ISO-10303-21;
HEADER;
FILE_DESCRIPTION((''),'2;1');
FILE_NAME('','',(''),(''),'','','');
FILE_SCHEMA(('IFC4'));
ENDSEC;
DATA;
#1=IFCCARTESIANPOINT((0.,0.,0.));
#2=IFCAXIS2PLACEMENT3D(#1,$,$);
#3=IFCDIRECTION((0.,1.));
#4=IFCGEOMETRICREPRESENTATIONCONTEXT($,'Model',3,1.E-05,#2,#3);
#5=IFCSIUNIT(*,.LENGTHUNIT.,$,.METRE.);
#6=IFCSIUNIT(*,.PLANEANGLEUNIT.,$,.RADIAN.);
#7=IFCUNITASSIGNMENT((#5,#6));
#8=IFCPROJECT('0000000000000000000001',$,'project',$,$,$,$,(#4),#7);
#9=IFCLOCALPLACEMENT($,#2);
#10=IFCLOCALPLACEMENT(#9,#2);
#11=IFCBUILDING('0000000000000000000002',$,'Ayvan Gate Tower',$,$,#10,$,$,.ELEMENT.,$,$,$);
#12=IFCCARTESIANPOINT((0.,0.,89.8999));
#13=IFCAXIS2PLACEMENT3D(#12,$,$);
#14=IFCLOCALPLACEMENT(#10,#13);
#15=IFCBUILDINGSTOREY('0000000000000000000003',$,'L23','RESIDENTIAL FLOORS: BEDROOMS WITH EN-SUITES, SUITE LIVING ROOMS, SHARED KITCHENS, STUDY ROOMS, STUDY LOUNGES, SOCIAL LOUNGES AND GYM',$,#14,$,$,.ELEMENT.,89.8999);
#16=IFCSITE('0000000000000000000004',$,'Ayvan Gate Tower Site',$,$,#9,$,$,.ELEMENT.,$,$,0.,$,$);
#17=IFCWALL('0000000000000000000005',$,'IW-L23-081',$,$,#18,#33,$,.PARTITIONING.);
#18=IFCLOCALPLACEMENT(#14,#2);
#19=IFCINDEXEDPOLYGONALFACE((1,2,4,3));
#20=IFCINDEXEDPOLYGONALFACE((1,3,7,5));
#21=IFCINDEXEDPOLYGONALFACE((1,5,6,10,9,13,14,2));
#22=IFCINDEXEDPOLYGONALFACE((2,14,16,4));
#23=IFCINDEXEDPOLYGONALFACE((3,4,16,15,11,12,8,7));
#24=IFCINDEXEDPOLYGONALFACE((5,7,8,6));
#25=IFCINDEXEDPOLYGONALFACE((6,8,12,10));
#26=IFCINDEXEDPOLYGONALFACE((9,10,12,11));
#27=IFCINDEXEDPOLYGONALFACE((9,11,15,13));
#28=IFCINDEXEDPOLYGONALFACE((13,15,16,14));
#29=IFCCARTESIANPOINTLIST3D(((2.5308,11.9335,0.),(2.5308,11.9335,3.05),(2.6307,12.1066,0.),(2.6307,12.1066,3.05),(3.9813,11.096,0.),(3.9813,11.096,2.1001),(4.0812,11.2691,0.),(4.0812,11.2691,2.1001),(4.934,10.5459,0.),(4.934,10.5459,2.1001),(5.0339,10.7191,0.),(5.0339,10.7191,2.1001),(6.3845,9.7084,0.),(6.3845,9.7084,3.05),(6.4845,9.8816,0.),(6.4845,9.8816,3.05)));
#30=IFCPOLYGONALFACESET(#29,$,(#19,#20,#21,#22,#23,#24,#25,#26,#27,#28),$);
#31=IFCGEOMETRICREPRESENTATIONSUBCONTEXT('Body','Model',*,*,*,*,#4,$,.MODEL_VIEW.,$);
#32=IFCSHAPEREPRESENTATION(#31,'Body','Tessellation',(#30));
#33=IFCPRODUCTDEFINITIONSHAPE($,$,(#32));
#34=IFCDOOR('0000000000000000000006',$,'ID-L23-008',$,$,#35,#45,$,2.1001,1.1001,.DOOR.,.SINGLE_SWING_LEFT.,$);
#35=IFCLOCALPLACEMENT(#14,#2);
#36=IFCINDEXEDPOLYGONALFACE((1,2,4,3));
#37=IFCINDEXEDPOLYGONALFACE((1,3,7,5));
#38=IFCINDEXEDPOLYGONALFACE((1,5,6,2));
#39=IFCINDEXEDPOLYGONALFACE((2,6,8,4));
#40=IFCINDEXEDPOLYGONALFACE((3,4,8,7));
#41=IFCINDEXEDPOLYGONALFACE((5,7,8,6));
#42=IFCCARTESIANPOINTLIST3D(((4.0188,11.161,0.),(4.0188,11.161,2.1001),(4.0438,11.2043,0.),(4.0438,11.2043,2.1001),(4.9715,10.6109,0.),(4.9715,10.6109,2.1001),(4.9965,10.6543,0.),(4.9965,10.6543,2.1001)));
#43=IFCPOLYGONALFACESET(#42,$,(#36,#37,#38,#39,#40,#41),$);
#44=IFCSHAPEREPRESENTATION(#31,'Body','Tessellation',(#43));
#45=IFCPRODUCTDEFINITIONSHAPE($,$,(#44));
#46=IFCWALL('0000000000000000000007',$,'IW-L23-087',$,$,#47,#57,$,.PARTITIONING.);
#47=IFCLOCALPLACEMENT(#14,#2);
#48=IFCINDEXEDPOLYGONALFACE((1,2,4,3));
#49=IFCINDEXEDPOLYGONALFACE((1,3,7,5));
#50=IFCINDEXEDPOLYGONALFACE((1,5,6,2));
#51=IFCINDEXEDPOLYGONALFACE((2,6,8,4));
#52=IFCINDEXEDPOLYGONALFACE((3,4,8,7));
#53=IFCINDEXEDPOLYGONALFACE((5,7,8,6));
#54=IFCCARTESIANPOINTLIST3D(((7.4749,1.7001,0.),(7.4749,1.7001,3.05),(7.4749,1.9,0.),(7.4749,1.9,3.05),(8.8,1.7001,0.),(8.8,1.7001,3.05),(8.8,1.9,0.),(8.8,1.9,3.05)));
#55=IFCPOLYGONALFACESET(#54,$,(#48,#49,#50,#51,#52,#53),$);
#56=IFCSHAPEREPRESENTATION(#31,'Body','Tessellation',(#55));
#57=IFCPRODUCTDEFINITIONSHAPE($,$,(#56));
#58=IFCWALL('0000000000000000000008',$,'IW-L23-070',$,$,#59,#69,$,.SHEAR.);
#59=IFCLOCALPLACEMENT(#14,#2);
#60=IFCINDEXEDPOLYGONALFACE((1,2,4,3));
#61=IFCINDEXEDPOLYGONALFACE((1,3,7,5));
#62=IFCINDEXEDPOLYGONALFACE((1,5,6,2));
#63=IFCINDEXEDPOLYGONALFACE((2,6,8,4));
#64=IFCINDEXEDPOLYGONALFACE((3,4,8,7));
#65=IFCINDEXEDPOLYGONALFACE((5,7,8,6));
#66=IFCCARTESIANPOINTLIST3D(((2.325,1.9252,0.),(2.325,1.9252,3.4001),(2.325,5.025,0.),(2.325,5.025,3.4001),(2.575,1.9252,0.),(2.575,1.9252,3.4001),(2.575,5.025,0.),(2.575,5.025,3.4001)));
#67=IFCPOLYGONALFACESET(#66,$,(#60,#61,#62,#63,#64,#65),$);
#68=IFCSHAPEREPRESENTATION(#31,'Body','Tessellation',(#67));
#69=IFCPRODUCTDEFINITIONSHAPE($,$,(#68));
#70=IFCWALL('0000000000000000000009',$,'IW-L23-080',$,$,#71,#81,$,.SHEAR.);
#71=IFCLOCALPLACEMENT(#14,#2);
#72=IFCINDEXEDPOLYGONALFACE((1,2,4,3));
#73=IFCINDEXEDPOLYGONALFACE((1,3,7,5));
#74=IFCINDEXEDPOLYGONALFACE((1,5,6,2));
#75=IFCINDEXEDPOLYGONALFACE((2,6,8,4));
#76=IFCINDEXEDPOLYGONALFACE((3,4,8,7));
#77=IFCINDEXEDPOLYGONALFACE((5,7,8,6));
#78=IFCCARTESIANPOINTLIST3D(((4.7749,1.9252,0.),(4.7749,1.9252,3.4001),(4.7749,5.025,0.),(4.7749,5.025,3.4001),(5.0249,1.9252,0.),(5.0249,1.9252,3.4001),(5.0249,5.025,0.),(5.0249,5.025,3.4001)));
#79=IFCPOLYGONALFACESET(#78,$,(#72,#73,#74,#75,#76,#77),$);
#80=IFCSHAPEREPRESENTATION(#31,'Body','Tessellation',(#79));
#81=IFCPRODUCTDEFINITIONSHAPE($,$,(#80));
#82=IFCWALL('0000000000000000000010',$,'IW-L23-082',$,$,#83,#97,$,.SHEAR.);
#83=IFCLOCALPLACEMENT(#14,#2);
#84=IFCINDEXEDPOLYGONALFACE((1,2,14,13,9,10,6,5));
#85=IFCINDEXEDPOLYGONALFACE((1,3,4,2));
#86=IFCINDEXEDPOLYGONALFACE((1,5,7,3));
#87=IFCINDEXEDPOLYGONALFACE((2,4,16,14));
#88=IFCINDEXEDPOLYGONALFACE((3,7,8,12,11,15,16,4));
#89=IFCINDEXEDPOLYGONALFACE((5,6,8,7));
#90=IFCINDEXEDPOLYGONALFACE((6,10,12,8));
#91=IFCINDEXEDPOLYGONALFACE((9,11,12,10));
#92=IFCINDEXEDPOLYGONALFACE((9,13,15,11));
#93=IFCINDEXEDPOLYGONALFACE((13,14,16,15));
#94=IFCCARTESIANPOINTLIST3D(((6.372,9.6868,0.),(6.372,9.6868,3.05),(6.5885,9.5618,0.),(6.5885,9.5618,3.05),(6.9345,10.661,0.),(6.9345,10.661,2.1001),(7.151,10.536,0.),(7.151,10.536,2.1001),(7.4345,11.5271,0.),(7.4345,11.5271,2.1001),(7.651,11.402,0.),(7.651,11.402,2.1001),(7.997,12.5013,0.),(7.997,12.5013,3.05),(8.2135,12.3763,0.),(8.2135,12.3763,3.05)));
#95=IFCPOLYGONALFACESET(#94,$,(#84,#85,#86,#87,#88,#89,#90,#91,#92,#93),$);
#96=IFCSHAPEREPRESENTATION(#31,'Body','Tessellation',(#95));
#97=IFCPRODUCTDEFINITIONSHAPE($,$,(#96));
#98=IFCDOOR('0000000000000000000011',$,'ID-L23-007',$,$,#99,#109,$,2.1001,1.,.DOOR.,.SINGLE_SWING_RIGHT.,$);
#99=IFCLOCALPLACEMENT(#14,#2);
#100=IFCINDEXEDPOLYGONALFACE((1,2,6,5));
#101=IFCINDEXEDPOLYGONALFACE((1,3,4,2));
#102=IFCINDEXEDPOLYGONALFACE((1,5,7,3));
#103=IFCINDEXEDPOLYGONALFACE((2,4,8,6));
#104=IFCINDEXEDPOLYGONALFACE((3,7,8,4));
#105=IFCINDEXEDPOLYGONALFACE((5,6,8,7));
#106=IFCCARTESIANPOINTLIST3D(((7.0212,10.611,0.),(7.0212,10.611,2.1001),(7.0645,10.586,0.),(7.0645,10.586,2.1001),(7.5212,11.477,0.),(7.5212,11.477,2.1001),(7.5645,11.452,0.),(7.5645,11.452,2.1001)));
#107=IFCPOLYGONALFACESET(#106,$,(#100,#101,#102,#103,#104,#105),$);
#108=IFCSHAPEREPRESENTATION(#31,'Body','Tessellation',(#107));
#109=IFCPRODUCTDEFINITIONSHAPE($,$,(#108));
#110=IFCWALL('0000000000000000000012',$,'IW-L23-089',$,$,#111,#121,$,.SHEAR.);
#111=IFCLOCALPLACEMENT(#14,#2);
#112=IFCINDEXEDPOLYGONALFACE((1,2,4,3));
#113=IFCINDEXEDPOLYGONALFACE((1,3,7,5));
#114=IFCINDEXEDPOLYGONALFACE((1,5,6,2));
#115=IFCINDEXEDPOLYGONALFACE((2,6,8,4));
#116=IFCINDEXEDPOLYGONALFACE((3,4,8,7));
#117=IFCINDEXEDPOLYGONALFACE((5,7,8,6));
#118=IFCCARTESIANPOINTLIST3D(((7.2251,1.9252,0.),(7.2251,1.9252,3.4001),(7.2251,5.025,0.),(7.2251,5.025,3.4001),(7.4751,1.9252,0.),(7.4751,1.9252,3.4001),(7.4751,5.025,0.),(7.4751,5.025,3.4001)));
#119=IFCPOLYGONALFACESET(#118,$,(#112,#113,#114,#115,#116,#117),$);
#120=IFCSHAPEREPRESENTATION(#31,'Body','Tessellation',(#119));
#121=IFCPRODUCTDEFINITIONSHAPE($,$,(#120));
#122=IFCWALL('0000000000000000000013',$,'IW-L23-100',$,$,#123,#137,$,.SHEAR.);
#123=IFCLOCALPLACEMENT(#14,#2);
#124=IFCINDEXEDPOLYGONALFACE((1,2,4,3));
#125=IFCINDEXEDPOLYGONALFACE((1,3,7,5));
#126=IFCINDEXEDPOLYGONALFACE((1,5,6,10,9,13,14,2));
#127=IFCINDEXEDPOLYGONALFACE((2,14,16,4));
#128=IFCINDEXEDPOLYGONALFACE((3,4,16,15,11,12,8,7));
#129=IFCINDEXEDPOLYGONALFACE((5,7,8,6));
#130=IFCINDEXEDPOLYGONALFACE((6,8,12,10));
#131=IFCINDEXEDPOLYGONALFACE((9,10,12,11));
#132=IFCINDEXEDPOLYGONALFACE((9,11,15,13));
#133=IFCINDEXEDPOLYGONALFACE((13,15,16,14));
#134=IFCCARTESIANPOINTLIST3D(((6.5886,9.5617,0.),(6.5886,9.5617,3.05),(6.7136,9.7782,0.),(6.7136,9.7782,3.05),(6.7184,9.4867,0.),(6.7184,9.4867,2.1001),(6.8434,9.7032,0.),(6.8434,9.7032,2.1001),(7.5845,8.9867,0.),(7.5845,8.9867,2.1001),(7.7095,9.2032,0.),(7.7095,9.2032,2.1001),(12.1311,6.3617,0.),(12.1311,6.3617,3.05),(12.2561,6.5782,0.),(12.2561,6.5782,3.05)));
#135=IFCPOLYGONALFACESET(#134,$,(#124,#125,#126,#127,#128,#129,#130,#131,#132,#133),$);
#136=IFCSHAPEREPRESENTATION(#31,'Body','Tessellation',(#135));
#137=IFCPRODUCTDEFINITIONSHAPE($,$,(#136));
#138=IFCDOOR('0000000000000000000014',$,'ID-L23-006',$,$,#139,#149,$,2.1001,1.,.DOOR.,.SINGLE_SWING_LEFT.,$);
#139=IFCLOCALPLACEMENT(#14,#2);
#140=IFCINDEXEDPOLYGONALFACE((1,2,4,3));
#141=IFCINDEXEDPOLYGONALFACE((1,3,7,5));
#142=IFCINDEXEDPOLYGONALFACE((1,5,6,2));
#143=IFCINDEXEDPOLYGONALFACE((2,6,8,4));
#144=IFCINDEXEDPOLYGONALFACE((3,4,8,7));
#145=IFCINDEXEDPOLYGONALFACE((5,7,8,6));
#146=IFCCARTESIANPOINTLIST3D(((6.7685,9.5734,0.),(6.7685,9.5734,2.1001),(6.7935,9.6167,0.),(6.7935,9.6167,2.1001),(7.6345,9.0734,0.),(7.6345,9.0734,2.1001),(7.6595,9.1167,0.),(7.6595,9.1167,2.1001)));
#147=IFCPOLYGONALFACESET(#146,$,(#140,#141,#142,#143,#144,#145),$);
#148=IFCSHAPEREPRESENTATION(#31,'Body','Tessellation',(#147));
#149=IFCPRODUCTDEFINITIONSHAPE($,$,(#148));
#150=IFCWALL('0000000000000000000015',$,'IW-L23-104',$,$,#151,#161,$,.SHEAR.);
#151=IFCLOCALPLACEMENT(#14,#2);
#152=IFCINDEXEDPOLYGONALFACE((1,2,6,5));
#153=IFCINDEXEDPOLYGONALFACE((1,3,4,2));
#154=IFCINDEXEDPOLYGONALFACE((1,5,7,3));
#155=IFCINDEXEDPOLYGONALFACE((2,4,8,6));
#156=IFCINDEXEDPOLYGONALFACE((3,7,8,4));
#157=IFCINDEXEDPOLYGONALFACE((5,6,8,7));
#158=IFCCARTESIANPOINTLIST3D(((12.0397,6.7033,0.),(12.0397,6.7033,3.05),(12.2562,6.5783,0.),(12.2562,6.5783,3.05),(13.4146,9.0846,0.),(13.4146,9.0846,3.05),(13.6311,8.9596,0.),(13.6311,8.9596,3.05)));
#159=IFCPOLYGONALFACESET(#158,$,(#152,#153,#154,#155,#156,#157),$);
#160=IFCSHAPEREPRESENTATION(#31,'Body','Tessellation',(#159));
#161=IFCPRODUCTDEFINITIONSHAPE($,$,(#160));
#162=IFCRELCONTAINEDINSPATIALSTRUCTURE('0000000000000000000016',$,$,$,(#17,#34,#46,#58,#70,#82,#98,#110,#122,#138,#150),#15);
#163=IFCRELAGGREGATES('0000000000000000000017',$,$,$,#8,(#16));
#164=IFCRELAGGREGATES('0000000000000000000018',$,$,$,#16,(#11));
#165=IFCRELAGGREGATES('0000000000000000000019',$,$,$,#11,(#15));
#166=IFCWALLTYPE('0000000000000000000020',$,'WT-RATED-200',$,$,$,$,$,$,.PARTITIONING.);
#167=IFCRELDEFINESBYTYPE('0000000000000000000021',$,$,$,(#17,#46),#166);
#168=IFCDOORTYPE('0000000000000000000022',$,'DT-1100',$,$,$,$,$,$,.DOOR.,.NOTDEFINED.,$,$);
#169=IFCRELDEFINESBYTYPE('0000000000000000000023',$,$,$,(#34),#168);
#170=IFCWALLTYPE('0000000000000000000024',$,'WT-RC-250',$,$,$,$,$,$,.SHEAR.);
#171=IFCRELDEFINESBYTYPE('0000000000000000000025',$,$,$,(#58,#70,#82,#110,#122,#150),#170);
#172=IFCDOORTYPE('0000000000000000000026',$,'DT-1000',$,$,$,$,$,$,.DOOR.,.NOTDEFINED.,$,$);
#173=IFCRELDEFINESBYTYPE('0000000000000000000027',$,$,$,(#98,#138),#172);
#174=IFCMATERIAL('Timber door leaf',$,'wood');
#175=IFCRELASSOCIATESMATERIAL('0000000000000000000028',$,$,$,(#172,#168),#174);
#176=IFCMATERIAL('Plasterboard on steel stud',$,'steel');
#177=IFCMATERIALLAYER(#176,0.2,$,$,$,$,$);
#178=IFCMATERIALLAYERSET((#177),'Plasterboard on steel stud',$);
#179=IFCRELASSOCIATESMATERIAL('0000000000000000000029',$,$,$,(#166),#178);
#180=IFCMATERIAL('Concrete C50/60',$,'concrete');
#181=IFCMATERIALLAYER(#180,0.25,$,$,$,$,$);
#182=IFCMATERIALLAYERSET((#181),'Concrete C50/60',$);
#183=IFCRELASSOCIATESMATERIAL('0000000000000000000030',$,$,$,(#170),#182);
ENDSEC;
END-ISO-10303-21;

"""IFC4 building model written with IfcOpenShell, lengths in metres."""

from ifc_helpers import new_model, si_unit, direction, frame, frame_2d, origin, place, context, subcontext, project, spatial, rectangle, extrude, material, layer, layer_set, type_object, element, fill, save


model = new_model("IFC4")

# Units and contexts
model_context = context("Model", 3, precision=1e-05, world=origin(), true_north=direction((0.0, 1.0)))
body_context = subcontext(model_context, "Body", "Model", "MODEL_VIEW")
ifc_project = project(units=[si_unit("LENGTHUNIT", "METRE"), si_unit("PLANEANGLEUNIT", "RADIAN")], contexts=[model_context])

# Site, building, storey
site_placement = place(None, origin())
site = spatial("IfcSite", under=ifc_project, at=site_placement, Name="Ayvan Gate Tower Site", CompositionType="ELEMENT", RefElevation=0.0)
building_placement = place(site_placement, origin())
building = spatial("IfcBuilding", under=site, at=building_placement, Name="Ayvan Gate Tower", CompositionType="ELEMENT")
storey_placement = place(building_placement, frame((0.0, 0.0, 89.8999)))
storey = spatial("IfcBuildingStorey", under=building, at=storey_placement, Name="L23", Description="RESIDENTIAL FLOORS: BEDROOMS WITH EN-SUITES, SUITE LIVING ROOMS, SHARED KITCHENS, STUDY ROOMS, STUDY LOUNGES, SOCIAL LOUNGES AND GYM", CompositionType="ELEMENT", Elevation=89.8999)

# Shared definitions
ifc_material_1 = material(Name="Timber door leaf", Category="wood")

# Shared definitions
ifc_material_2 = material(Name="Plasterboard on steel stud", Category="steel")

# Shared definitions
door_type_1 = type_object("IfcDoorType", Name="DT-1000", OperationType="NOTDEFINED", PredefinedType="DOOR", material=ifc_material_1)

# Wall, opening, door
ifc_layer_1 = layer(ifc_material_2, 0.2)
ifc_layer_set_1 = layer_set([ifc_layer_1], Name="Plasterboard on steel stud")
wall_type_1 = type_object("IfcWallType", Name="WT-RATED-200", PredefinedType="PARTITIONING", material=ifc_layer_set_1)
wall_1_placement = place(storey_placement, frame((6.4346, 9.7949, 0.0), z_axis=(0.0, 0.0, 1.0), x_axis=(-0.866013, 0.500022, 0.0)))
wall_1 = element("IfcWall", 1, at=wall_1_placement, inside=storey, type_object=wall_type_1, Name="IW-L23-081", PredefinedType="PARTITIONING", context=body_context, shape_type="SweptSolid", body=[
    extrude(rectangle(XDim=4.45, YDim=0.2, at=frame_2d((2.2251, 0.0))), origin(), (0.0, 0.0, 1.0), 3.05),
])
opening_1_placement = place(wall_1_placement, frame((1.675, 0.0, 0.0)))
opening_1 = element("IfcOpeningElement", 2, at=opening_1_placement, cuts=wall_1, PredefinedType="OPENING", context=body_context, shape_type="SweptSolid", body=[
    extrude(rectangle(XDim=1.1001, YDim=2.1001, at=frame_2d((0.55, 1.05))), frame((0.0, 0.1099, 0.0), z_axis=(0.0, -1.0, 0.0), x_axis=(1.0, 0.0, 0.0)), (0.0, 0.0, 1.0), 0.22),
])
door_type_2 = type_object("IfcDoorType", Name="DT-1100", OperationType="NOTDEFINED", PredefinedType="DOOR", material=ifc_material_1)
door_1_placement = place(opening_1_placement, origin())
door_1 = element("IfcDoor", 3, at=door_1_placement, inside=storey, type_object=door_type_2, Name="ID-L23-008", OperationType="SINGLE_SWING_LEFT", OverallHeight=2.1001, OverallWidth=1.1001, PredefinedType="DOOR", context=body_context, shape_type="SweptSolid", body=[
    extrude(rectangle(XDim=1.1001, YDim=2.1001, at=frame_2d((0.55, 1.05))), frame((0.0, 0.0249, 0.0), z_axis=(0.0, -1.0, 0.0), x_axis=(1.0, 0.0, 0.0)), (0.0, 0.0, 1.0), 0.05),
])
fill(opening_1, door_1)

# Walls
wall_2_placement = place(storey_placement, frame((7.4749, 1.8, 0.0), z_axis=(0.0, 0.0, 1.0), x_axis=(1.0, 0.0, 0.0)))
element("IfcWall", 4, at=wall_2_placement, inside=storey, type_object=wall_type_1, Name="IW-L23-087", PredefinedType="PARTITIONING", context=body_context, shape_type="SweptSolid", body=[
    extrude(rectangle(XDim=1.3252, YDim=0.2, at=frame_2d((0.6626, 0.0))), origin(), (0.0, 0.0, 1.0), 3.05),
])
ifc_material_3 = material(Name="Concrete C50/60", Category="concrete")
ifc_layer_2 = layer(ifc_material_3, 0.25)
ifc_layer_set_2 = layer_set([ifc_layer_2], Name="Concrete C50/60")
wall_type_2 = type_object("IfcWallType", Name="WT-RC-250", PredefinedType="SHEAR", material=ifc_layer_set_2)
for number, where, z_axis, x_axis, name in (
    (5, (2.45, 5.0249, 0.0), (0.0, 0.0, 1.0), (0.0, -1.0, 0.0), "IW-L23-070"),
    (6, (4.8999, 5.0249, 0.0), (0.0, 0.0, 1.0), (0.0, -1.0, 0.0), "IW-L23-080"),
):
    element("IfcWall", number, at=place(storey_placement, frame(where, z_axis=z_axis, x_axis=x_axis)), inside=storey, type_object=wall_type_2, Name=name, PredefinedType="SHEAR", context=body_context, shape_type="SweptSolid", body=[
        extrude(rectangle(XDim=3.0999, YDim=0.25, at=frame_2d((1.5498, 0.0))), origin(), (0.0, 0.0, 1.0), 3.4001),
    ])

# Wall, opening, door
wall_3_placement = place(storey_placement, frame((6.4802, 9.6243, 0.0), z_axis=(0.0, 0.0, 1.0), x_axis=(0.500017, 0.866015, 0.0)))
wall_3 = element("IfcWall", 7, at=wall_3_placement, inside=storey, type_object=wall_type_2, Name="IW-L23-082", PredefinedType="SHEAR", context=body_context, shape_type="SweptSolid", body=[
    extrude(rectangle(XDim=3.25, YDim=0.25, at=frame_2d((1.625, 0.0))), origin(), (0.0, 0.0, 1.0), 3.05),
])
opening_2_placement = place(wall_3_placement, frame((1.125, 0.0, 0.0)))
opening_2 = element("IfcOpeningElement", 8, at=opening_2_placement, cuts=wall_3, PredefinedType="OPENING", context=body_context, shape_type="SweptSolid", body=[
    extrude(rectangle(XDim=1.0, YDim=2.1001, at=frame_2d((0.5, 1.05))), frame((0.0, 0.135, 0.0), z_axis=(0.0, -1.0, 0.0), x_axis=(1.0, 0.0, 0.0)), (0.0, 0.0, 1.0), 0.27),
])
door_2_placement = place(opening_2_placement, origin())
door_2 = element("IfcDoor", 9, at=door_2_placement, inside=storey, type_object=door_type_1, Name="ID-L23-007", OperationType="SINGLE_SWING_RIGHT", OverallHeight=2.1001, OverallWidth=1.0, PredefinedType="DOOR", context=body_context, shape_type="SweptSolid", body=[
    extrude(rectangle(XDim=1.0, YDim=2.1001, at=frame_2d((0.5, 1.05))), frame((0.0, 0.0249, 0.0), z_axis=(0.0, -1.0, 0.0), x_axis=(1.0, 0.0, 0.0)), (0.0, 0.0, 1.0), 0.05),
])
fill(opening_2, door_2)

# Wall
wall_4_placement = place(storey_placement, frame((7.3501, 5.0249, 0.0), z_axis=(0.0, 0.0, 1.0), x_axis=(0.0, -1.0, 0.0)))
element("IfcWall", 10, at=wall_4_placement, inside=storey, type_object=wall_type_2, Name="IW-L23-089", PredefinedType="SHEAR", context=body_context, shape_type="SweptSolid", body=[
    extrude(rectangle(XDim=3.0999, YDim=0.25, at=frame_2d((1.5498, 0.0))), origin(), (0.0, 0.0, 1.0), 3.4001),
])

# Wall, opening, door
wall_5_placement = place(storey_placement, frame((12.1936, 6.47, 0.0), z_axis=(0.0, 0.0, 1.0), x_axis=(-0.866025, 0.5, 0.0)))
wall_5 = element("IfcWall", 11, at=wall_5_placement, inside=storey, type_object=wall_type_2, Name="IW-L23-100", PredefinedType="SHEAR", context=body_context, shape_type="SweptSolid", body=[
    extrude(rectangle(XDim=6.3999, YDim=0.25, at=frame_2d((3.2, 0.0))), origin(), (0.0, 0.0, 1.0), 3.05),
])
opening_3_placement = place(wall_5_placement, frame((5.25, 0.0, 0.0)))
opening_3 = element("IfcOpeningElement", 12, at=opening_3_placement, cuts=wall_5, PredefinedType="OPENING", context=body_context, shape_type="SweptSolid", body=[
    extrude(rectangle(XDim=1.0, YDim=2.1001, at=frame_2d((0.5, 1.05))), frame((0.0, 0.135, 0.0), z_axis=(0.0, -1.0, 0.0), x_axis=(1.0, 0.0, 0.0)), (0.0, 0.0, 1.0), 0.27),
])
door_3_placement = place(opening_3_placement, origin())
door_3 = element("IfcDoor", 13, at=door_3_placement, inside=storey, type_object=door_type_1, Name="ID-L23-006", OperationType="SINGLE_SWING_LEFT", OverallHeight=2.1001, OverallWidth=1.0, PredefinedType="DOOR", context=body_context, shape_type="SweptSolid", body=[
    extrude(rectangle(XDim=1.0, YDim=2.1001, at=frame_2d((0.5, 1.05))), frame((0.0, 0.0249, 0.0), z_axis=(0.0, -1.0, 0.0), x_axis=(1.0, 0.0, 0.0)), (0.0, 0.0, 1.0), 0.05),
])
fill(opening_3, door_3)

# Wall
wall_6_placement = place(storey_placement, frame((13.5229, 9.0222, 0.0), z_axis=(0.0, 0.0, 1.0), x_axis=(-0.500035, -0.866005, 0.0)))
element("IfcWall", 14, at=wall_6_placement, inside=storey, type_object=wall_type_2, Name="IW-L23-104", PredefinedType="SHEAR", context=body_context, shape_type="SweptSolid", body=[
    extrude(rectangle(XDim=2.7498, YDim=0.25, at=frame_2d((1.375, 0.0))), origin(), (0.0, 0.0, 1.0), 3.05),
])

save(model, "model.ifc")
